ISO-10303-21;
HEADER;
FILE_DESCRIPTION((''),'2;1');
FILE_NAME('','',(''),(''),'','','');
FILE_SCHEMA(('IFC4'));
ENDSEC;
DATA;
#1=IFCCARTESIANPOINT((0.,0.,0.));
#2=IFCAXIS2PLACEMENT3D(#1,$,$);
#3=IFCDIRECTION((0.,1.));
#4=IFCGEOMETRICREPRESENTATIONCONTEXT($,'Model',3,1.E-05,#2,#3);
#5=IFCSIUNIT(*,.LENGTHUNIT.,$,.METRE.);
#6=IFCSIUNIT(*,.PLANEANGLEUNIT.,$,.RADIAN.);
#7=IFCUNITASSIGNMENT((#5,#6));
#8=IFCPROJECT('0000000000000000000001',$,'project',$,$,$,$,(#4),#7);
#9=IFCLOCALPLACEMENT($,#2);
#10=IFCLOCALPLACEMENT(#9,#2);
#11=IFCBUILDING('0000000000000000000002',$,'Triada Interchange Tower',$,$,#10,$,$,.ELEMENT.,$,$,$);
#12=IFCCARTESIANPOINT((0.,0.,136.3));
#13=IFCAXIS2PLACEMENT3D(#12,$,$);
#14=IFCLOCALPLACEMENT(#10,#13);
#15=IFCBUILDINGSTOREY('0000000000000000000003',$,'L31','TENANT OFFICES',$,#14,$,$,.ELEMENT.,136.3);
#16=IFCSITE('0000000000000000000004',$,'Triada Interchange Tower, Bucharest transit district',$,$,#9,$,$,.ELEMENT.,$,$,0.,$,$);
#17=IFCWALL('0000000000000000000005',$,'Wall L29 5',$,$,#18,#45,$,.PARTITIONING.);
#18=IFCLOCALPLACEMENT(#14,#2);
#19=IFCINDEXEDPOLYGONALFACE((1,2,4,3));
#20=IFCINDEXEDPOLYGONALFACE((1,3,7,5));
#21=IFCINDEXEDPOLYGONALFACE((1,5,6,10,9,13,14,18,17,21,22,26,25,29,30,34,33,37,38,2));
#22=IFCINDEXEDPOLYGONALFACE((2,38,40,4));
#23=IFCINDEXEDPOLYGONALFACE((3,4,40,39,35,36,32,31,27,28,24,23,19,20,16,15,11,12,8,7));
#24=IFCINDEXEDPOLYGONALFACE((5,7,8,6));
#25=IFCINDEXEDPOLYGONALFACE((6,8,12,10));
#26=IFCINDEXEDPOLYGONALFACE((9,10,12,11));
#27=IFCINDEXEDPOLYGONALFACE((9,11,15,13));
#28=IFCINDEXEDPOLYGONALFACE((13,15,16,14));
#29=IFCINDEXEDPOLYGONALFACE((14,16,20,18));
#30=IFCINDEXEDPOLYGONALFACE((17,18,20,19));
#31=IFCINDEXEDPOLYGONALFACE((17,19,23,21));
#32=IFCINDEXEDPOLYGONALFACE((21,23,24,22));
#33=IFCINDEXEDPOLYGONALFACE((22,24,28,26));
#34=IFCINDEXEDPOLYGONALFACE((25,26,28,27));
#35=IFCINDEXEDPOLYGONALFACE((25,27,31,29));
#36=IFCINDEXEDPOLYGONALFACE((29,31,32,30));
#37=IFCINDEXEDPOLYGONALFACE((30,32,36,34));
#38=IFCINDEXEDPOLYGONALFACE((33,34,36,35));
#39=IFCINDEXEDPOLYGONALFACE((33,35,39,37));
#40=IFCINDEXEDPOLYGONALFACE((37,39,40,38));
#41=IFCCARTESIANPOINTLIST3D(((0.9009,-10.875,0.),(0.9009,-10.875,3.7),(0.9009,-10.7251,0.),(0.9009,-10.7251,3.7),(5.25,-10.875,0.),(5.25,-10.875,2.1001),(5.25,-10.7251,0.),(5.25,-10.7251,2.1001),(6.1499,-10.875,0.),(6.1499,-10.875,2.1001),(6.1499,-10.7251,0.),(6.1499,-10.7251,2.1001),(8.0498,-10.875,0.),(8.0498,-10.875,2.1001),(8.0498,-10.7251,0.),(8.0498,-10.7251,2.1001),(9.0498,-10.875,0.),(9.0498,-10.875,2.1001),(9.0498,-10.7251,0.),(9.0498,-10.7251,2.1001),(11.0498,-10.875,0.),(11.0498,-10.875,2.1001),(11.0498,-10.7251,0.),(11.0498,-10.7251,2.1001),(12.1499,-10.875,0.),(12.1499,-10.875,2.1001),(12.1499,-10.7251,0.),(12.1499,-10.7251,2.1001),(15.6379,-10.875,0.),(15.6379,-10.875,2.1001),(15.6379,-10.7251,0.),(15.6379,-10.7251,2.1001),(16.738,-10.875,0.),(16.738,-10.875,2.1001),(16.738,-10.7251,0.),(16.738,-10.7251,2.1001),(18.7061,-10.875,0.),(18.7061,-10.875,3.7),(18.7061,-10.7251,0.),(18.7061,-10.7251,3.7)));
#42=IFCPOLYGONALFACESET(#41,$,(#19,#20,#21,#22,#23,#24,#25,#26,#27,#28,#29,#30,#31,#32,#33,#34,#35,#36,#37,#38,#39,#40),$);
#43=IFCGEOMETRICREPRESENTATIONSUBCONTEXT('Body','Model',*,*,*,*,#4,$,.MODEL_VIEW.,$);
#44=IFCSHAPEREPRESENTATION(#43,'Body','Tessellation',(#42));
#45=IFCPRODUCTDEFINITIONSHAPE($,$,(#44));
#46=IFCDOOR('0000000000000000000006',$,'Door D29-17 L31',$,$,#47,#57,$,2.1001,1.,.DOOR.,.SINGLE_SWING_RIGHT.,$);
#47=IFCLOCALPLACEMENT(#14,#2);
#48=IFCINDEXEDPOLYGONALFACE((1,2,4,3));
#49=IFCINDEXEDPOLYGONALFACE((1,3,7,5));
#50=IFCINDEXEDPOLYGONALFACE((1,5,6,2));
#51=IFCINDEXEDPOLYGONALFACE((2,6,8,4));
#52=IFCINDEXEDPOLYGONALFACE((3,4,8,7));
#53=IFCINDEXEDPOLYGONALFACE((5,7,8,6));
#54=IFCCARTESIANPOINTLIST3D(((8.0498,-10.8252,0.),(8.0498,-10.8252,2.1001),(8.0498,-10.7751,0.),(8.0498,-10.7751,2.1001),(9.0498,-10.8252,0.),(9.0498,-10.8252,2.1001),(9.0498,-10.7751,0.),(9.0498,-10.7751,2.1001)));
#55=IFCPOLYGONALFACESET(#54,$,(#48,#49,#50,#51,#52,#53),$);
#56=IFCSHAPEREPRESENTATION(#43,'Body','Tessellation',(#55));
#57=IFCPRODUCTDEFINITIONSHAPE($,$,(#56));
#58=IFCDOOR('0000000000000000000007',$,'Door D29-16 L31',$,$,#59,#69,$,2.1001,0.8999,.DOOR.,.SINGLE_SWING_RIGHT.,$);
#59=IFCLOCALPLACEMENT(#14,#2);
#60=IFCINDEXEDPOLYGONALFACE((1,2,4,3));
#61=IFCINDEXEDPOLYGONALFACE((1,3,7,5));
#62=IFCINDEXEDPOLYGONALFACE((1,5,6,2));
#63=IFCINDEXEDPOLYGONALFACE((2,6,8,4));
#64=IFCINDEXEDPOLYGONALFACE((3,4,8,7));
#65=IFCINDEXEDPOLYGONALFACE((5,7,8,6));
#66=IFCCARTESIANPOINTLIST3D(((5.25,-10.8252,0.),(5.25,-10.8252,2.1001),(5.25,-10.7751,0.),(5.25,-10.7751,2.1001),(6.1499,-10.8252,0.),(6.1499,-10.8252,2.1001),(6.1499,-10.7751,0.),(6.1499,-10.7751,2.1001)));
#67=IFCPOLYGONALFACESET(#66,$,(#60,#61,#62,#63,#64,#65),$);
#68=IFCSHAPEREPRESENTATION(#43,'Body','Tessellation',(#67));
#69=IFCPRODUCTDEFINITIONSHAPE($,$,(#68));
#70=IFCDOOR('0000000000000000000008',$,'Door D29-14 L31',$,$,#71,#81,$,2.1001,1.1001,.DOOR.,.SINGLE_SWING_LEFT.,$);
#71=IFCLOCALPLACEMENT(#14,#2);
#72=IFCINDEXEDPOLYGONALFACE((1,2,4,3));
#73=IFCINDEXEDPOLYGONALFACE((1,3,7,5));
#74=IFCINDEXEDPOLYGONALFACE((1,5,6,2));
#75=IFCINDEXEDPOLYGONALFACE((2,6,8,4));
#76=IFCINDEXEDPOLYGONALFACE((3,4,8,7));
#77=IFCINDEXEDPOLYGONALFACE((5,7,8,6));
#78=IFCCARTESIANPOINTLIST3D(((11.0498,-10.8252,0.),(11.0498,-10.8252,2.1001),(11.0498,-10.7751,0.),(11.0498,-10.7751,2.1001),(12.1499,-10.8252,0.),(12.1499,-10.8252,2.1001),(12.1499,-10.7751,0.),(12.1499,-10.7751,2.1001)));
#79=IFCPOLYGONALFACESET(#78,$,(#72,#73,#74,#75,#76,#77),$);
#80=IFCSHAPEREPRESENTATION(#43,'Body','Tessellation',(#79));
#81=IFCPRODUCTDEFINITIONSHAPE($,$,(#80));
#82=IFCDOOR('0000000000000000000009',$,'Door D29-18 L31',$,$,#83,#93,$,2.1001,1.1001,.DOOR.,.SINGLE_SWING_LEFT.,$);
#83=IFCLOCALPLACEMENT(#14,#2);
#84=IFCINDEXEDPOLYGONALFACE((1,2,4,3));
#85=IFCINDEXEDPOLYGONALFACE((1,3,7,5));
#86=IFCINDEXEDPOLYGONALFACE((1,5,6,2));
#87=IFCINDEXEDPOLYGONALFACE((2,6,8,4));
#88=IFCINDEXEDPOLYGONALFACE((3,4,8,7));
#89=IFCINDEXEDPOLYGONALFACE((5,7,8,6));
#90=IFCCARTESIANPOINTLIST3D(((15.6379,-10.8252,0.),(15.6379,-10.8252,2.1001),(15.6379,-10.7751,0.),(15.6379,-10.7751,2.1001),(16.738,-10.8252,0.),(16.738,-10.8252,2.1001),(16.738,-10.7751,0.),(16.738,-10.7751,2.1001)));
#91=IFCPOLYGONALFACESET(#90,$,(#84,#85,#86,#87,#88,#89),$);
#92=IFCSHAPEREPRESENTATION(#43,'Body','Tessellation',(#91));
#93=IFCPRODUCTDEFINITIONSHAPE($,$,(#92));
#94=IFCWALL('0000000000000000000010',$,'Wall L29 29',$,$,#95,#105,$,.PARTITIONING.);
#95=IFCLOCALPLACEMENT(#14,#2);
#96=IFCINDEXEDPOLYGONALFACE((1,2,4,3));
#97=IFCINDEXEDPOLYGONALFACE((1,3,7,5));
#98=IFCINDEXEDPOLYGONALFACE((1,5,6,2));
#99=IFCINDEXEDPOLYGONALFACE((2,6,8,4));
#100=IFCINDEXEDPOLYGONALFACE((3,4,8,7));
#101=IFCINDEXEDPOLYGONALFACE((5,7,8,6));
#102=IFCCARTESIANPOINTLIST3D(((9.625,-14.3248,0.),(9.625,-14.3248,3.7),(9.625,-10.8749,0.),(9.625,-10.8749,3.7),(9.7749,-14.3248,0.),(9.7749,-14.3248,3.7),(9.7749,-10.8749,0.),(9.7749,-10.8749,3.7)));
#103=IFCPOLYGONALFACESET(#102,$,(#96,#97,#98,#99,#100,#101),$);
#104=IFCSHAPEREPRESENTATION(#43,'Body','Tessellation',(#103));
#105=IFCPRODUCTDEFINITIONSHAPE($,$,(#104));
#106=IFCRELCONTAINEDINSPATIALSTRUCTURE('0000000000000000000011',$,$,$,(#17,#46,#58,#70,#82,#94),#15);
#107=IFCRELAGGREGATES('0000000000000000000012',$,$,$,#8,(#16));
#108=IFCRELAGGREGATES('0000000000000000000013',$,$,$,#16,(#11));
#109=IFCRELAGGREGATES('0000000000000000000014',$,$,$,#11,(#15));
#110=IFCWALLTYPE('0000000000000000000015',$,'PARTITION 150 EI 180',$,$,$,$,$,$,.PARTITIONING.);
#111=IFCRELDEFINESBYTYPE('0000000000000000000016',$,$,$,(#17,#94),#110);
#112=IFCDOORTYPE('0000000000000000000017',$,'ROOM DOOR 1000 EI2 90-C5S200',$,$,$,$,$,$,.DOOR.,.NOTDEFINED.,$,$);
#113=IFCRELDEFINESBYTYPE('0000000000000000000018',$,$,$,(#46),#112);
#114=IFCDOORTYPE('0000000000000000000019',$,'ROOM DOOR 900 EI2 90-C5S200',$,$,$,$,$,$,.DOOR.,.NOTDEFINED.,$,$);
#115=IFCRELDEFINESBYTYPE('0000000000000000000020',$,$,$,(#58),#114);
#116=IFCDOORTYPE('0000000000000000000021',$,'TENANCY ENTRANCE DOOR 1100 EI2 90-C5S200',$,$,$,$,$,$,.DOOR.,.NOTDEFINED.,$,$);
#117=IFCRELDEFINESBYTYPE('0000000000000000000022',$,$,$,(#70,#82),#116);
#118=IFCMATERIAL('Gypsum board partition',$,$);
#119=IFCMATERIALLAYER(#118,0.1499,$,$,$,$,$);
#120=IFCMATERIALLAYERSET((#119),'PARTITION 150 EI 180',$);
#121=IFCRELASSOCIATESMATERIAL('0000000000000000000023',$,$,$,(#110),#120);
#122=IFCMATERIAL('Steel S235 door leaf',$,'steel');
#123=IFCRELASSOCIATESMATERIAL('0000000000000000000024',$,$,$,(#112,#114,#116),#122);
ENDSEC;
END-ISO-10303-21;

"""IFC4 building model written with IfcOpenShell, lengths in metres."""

from ifc_helpers import new_model, si_unit, direction, frame, frame_2d, origin, place, context, subcontext, project, spatial, rectangle, extrude, material, layer, layer_set, type_object, element, fill, save


model = new_model("IFC4")

# Units and contexts
model_context = context("Model", 3, precision=1e-05, world=origin(), true_north=direction((0.0, 1.0)))
body_context = subcontext(model_context, "Body", "Model", "MODEL_VIEW")
ifc_project = project(units=[si_unit("LENGTHUNIT", "METRE"), si_unit("PLANEANGLEUNIT", "RADIAN")], contexts=[model_context])

# Site, building, storey
site_placement = place(None, origin())
site = spatial("IfcSite", under=ifc_project, at=site_placement, Name="Triada Interchange Tower, Bucharest transit district", CompositionType="ELEMENT", RefElevation=0.0)
building_placement = place(site_placement, origin())
building = spatial("IfcBuilding", under=site, at=building_placement, Name="Triada Interchange Tower", CompositionType="ELEMENT")
storey_placement = place(building_placement, frame((0.0, 0.0, 136.3)))
storey = spatial("IfcBuildingStorey", under=building, at=storey_placement, Name="L31", Description="TENANT OFFICES", CompositionType="ELEMENT", Elevation=136.3)

# Shared definitions
ifc_material_1 = material(Name="Steel S235 door leaf", Category="steel")

# Wall, openings, doors
ifc_material_2 = material(Name="Gypsum board partition")
ifc_layer_1 = layer(ifc_material_2, 0.1499)
ifc_layer_set_1 = layer_set([ifc_layer_1], Name="PARTITION 150 EI 180")
wall_type_1 = type_object("IfcWallType", Name="PARTITION 150 EI 180", PredefinedType="PARTITIONING", material=ifc_layer_set_1)
wall_1_placement = place(storey_placement, frame((0.9009, -10.8, 0.0), z_axis=(0.0, 0.0, 1.0), x_axis=(1.0, 0.0, 0.0)))
wall_1 = element("IfcWall", 1, at=wall_1_placement, inside=storey, type_object=wall_type_1, Name="Wall L29 5", PredefinedType="PARTITIONING", context=body_context, shape_type="SweptSolid", body=[
    extrude(rectangle(XDim=17.8052, YDim=0.1499, at=frame_2d((8.9026, 0.0))), origin(), (0.0, 0.0, 1.0), 3.7),
])
opening_1_placement = place(wall_1_placement, frame((10.1489, 0.0, 0.0)))
opening_1 = element("IfcOpeningElement", 2, at=opening_1_placement, cuts=wall_1, PredefinedType="OPENING", context=body_context, shape_type="SweptSolid", body=[
    extrude(rectangle(XDim=1.1001, YDim=2.1001, at=frame_2d((0.55, 1.05))), frame((0.0, 0.085, 0.0), z_axis=(0.0, -1.0, 0.0), x_axis=(1.0, 0.0, 0.0)), (0.0, 0.0, 1.0), 0.1699),
])
opening_2_placement = place(wall_1_placement, frame((4.3491, 0.0, 0.0)))
opening_2 = element("IfcOpeningElement", 3, at=opening_2_placement, cuts=wall_1, PredefinedType="OPENING", context=body_context, shape_type="SweptSolid", body=[
    extrude(rectangle(XDim=0.8999, YDim=2.1001, at=frame_2d((0.45, 1.05))), frame((0.0, 0.085, 0.0), z_axis=(0.0, -1.0, 0.0), x_axis=(1.0, 0.0, 0.0)), (0.0, 0.0, 1.0), 0.1699),
])
opening_3_placement = place(wall_1_placement, frame((7.1489, 0.0, 0.0)))
opening_3 = element("IfcOpeningElement", 4, at=opening_3_placement, cuts=wall_1, PredefinedType="OPENING", context=body_context, shape_type="SweptSolid", body=[
    extrude(rectangle(XDim=1.0, YDim=2.1001, at=frame_2d((0.5, 1.05))), frame((0.0, 0.085, 0.0), z_axis=(0.0, -1.0, 0.0), x_axis=(1.0, 0.0, 0.0)), (0.0, 0.0, 1.0), 0.1699),
])
opening_4_placement = place(wall_1_placement, frame((14.7371, 0.0, 0.0)))
opening_4 = element("IfcOpeningElement", 5, at=opening_4_placement, cuts=wall_1, PredefinedType="OPENING", context=body_context, shape_type="SweptSolid", body=[
    extrude(rectangle(XDim=1.1001, YDim=2.1001, at=frame_2d((0.55, 1.05))), frame((0.0, 0.085, 0.0), z_axis=(0.0, -1.0, 0.0), x_axis=(1.0, 0.0, 0.0)), (0.0, 0.0, 1.0), 0.1699),
])
door_type_1 = type_object("IfcDoorType", Name="ROOM DOOR 1000 EI2 90-C5S200", OperationType="NOTDEFINED", PredefinedType="DOOR", material=ifc_material_1)
door_1_placement = place(opening_3_placement, origin())
door_1 = element("IfcDoor", 6, at=door_1_placement, inside=storey, type_object=door_type_1, Name="Door D29-17 L31", OperationType="SINGLE_SWING_RIGHT", OverallHeight=2.1001, OverallWidth=1.0, PredefinedType="DOOR", context=body_context, shape_type="SweptSolid", body=[
    extrude(rectangle(XDim=1.0, YDim=2.1001, at=frame_2d((0.5, 1.05))), frame((0.0, 0.0249, 0.0), z_axis=(0.0, -1.0, 0.0), x_axis=(1.0, 0.0, 0.0)), (0.0, 0.0, 1.0), 0.05),
])
fill(opening_3, door_1)
door_type_2 = type_object("IfcDoorType", Name="ROOM DOOR 900 EI2 90-C5S200", OperationType="NOTDEFINED", PredefinedType="DOOR", material=ifc_material_1)
door_2_placement = place(opening_2_placement, origin())
door_2 = element("IfcDoor", 7, at=door_2_placement, inside=storey, type_object=door_type_2, Name="Door D29-16 L31", OperationType="SINGLE_SWING_RIGHT", OverallHeight=2.1001, OverallWidth=0.8999, PredefinedType="DOOR", context=body_context, shape_type="SweptSolid", body=[
    extrude(rectangle(XDim=0.8999, YDim=2.1001, at=frame_2d((0.45, 1.05))), frame((0.0, 0.0249, 0.0), z_axis=(0.0, -1.0, 0.0), x_axis=(1.0, 0.0, 0.0)), (0.0, 0.0, 1.0), 0.05),
])
fill(opening_2, door_2)
door_type_3 = type_object("IfcDoorType", Name="TENANCY ENTRANCE DOOR 1100 EI2 90-C5S200", OperationType="NOTDEFINED", PredefinedType="DOOR", material=ifc_material_1)
door_3_placement = place(opening_1_placement, origin())
door_3 = element("IfcDoor", 8, at=door_3_placement, inside=storey, type_object=door_type_3, Name="Door D29-14 L31", OperationType="SINGLE_SWING_LEFT", OverallHeight=2.1001, OverallWidth=1.1001, PredefinedType="DOOR", context=body_context, shape_type="SweptSolid", body=[
    extrude(rectangle(XDim=1.1001, YDim=2.1001, at=frame_2d((0.55, 1.05))), frame((0.0, 0.0249, 0.0), z_axis=(0.0, -1.0, 0.0), x_axis=(1.0, 0.0, 0.0)), (0.0, 0.0, 1.0), 0.05),
])
fill(opening_1, door_3)
door_4_placement = place(opening_4_placement, origin())
door_4 = element("IfcDoor", 9, at=door_4_placement, inside=storey, type_object=door_type_3, Name="Door D29-18 L31", OperationType="SINGLE_SWING_LEFT", OverallHeight=2.1001, OverallWidth=1.1001, PredefinedType="DOOR", context=body_context, shape_type="SweptSolid", body=[
    extrude(rectangle(XDim=1.1001, YDim=2.1001, at=frame_2d((0.55, 1.05))), frame((0.0, 0.0249, 0.0), z_axis=(0.0, -1.0, 0.0), x_axis=(1.0, 0.0, 0.0)), (0.0, 0.0, 1.0), 0.05),
])
fill(opening_4, door_4)

# Wall
wall_2_placement = place(storey_placement, frame((9.7, -14.325, 0.0), z_axis=(0.0, 0.0, 1.0), x_axis=(0.0, 1.0, 0.0)))
element("IfcWall", 10, at=wall_2_placement, inside=storey, type_object=wall_type_1, Name="Wall L29 29", PredefinedType="PARTITIONING", context=body_context, shape_type="SweptSolid", body=[
    extrude(rectangle(XDim=3.45, YDim=0.1499, at=frame_2d((1.7251, 0.0))), origin(), (0.0, 0.0, 1.0), 3.7),
])

save(model, "model.ifc")
